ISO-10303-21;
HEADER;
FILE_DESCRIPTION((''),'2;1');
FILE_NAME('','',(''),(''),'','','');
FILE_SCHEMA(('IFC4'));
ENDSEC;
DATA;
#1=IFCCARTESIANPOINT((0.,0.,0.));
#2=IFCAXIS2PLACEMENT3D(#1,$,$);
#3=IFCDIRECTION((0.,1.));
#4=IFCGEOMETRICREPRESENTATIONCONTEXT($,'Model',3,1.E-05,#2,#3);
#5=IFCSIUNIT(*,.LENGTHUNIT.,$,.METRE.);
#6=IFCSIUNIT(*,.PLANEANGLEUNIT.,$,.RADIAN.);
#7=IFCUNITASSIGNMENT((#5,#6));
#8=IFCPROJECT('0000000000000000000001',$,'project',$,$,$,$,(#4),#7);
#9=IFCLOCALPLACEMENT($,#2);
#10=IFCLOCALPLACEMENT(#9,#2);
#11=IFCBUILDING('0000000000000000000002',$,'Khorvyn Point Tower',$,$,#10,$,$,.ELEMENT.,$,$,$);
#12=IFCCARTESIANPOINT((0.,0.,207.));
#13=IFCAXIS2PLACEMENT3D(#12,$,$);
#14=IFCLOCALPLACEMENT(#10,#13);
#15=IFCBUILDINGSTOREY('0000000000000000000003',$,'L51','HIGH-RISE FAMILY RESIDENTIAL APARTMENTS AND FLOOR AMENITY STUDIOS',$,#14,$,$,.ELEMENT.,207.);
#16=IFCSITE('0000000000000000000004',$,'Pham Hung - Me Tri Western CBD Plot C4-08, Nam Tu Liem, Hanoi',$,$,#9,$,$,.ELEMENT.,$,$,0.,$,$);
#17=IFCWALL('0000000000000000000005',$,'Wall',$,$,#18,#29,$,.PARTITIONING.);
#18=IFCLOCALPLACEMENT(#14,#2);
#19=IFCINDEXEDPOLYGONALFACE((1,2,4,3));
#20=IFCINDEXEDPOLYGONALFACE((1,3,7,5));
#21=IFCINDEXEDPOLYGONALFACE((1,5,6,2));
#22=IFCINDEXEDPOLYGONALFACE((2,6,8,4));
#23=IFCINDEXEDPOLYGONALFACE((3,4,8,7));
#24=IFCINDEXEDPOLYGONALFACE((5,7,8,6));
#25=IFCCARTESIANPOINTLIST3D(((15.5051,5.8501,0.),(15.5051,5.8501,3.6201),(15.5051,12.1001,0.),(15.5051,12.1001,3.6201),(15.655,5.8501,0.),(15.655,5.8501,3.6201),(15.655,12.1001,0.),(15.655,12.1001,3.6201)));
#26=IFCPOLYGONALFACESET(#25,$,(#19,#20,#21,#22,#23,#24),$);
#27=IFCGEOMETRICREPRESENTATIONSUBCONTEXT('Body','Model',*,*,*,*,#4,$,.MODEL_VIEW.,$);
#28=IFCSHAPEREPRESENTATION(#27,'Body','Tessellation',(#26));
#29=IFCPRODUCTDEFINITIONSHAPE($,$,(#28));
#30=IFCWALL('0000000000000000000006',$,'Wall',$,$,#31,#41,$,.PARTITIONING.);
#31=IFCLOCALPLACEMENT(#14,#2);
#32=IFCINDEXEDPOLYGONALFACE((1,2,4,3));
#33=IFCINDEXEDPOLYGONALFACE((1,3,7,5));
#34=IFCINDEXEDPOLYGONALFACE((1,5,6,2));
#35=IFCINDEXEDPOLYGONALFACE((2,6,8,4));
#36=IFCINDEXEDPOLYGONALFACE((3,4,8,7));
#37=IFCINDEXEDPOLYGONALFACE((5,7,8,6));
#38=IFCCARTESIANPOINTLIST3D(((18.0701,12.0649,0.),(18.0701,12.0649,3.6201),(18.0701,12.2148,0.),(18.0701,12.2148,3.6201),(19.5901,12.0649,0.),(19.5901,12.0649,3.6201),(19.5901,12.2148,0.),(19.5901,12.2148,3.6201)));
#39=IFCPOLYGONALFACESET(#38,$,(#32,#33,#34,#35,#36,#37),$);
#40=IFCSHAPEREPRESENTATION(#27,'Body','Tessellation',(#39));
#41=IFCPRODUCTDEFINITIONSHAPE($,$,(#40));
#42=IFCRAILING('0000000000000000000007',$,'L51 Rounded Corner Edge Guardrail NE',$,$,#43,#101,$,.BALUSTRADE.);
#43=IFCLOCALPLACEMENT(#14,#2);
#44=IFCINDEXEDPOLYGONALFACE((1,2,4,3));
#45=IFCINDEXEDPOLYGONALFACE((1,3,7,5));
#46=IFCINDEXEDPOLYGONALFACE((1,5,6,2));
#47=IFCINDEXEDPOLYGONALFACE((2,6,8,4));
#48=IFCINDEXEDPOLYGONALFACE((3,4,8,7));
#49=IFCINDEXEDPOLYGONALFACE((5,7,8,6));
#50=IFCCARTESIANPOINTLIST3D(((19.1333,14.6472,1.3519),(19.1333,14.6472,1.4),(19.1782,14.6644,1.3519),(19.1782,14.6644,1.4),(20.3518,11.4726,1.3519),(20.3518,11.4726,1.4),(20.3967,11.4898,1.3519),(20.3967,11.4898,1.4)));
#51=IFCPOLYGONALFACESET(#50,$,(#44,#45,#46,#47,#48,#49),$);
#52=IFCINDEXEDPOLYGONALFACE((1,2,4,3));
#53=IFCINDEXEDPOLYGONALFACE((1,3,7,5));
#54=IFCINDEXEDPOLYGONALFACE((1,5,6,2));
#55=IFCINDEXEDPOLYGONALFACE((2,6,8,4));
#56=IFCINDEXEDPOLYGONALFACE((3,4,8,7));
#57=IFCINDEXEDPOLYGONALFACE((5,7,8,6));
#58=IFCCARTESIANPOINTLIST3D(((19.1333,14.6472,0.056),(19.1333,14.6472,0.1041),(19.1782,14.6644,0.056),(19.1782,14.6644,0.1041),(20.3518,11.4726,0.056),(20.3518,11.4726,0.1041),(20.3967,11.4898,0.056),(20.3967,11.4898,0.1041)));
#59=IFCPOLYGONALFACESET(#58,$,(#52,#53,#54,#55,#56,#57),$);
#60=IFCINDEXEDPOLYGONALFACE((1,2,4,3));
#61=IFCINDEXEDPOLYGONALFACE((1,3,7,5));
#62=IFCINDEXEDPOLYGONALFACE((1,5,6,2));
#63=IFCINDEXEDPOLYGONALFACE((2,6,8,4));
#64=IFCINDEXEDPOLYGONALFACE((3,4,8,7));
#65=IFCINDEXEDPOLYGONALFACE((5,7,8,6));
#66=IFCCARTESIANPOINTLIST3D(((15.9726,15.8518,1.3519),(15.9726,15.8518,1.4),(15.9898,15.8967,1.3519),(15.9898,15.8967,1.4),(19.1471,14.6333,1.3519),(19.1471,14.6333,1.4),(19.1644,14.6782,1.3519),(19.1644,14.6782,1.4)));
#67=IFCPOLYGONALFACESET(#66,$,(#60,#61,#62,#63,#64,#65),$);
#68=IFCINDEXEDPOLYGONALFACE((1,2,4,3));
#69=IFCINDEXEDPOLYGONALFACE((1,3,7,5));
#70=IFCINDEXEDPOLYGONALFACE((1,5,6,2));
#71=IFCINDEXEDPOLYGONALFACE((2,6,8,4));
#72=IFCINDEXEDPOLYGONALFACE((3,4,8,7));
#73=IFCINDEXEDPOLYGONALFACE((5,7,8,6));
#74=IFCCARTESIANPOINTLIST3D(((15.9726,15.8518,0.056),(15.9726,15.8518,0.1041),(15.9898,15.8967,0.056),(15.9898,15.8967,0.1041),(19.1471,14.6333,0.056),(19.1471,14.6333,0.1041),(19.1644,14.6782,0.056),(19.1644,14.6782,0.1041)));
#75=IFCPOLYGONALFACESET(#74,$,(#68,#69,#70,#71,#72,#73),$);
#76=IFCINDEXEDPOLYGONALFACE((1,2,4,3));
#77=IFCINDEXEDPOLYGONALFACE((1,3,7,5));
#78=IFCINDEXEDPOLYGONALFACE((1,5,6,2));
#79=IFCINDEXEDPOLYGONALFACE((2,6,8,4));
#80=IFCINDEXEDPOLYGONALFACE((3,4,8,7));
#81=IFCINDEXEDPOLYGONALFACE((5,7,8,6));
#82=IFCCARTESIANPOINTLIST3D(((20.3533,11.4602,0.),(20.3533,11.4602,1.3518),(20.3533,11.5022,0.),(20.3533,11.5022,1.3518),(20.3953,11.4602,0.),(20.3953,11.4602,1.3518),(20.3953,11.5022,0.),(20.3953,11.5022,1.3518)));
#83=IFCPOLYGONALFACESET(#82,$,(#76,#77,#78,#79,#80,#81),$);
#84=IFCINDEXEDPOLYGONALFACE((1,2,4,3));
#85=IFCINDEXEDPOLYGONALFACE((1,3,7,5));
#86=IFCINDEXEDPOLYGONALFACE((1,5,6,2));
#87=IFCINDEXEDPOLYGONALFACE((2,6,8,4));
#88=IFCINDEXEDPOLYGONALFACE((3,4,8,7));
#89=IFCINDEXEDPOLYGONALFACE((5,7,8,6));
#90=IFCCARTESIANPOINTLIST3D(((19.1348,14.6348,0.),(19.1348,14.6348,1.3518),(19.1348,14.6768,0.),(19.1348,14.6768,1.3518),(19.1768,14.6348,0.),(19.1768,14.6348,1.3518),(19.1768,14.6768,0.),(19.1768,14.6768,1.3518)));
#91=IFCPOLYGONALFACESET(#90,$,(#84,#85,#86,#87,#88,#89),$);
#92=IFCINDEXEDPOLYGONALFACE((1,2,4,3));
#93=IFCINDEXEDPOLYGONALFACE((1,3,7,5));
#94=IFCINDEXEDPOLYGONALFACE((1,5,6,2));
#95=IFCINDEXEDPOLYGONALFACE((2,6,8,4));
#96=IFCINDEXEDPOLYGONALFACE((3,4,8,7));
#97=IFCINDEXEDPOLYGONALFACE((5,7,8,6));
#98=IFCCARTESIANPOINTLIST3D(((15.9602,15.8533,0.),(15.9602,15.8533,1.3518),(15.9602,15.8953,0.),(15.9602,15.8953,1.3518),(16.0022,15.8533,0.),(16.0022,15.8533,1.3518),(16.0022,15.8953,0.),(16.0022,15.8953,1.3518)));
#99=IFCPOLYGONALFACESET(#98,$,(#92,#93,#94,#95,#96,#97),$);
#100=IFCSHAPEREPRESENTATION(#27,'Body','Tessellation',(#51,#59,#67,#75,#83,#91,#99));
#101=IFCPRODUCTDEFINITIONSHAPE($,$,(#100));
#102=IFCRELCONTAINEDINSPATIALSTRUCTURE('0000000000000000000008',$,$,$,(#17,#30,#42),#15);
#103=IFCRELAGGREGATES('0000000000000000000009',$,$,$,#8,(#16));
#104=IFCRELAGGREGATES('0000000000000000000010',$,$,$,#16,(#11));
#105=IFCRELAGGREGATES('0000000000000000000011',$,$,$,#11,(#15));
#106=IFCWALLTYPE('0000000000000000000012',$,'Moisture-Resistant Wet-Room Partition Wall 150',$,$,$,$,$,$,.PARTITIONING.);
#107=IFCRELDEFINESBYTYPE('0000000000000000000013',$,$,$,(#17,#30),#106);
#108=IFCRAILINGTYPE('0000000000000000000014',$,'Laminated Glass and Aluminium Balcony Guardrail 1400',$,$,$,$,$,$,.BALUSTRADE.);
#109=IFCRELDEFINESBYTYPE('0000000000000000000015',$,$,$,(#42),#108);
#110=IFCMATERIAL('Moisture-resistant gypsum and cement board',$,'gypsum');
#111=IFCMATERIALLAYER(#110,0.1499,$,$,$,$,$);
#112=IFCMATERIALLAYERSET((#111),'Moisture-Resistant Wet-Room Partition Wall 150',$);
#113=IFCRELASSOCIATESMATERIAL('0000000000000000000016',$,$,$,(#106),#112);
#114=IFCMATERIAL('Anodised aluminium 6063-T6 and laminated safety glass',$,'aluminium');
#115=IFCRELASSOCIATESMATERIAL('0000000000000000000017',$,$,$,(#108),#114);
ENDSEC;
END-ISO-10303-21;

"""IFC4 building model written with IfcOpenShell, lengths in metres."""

from ifc_helpers import new_model, si_unit, direction, frame, frame_2d, origin, origin_2d, place, context, subcontext, project, spatial, rectangle, extrude, material, layer, layer_set, type_object, element, save


model = new_model("IFC4")

# Units and contexts
model_context = context("Model", 3, precision=1e-05, world=origin(), true_north=direction((0.0, 1.0)))
body_context = subcontext(model_context, "Body", "Model", "MODEL_VIEW")
ifc_project = project(units=[si_unit("LENGTHUNIT", "METRE"), si_unit("PLANEANGLEUNIT", "RADIAN")], contexts=[model_context])

# Site, building, storey
site_placement = place(None, origin())
site = spatial("IfcSite", under=ifc_project, at=site_placement, Name="Pham Hung - Me Tri Western CBD Plot C4-08, Nam Tu Liem, Hanoi", CompositionType="ELEMENT", RefElevation=0.0)
building_placement = place(site_placement, origin())
building = spatial("IfcBuilding", under=site, at=building_placement, Name="Khorvyn Point Tower", CompositionType="ELEMENT")
storey_placement = place(building_placement, frame((0.0, 0.0, 207.0)))
storey = spatial("IfcBuildingStorey", under=building, at=storey_placement, Name="L51", Description="HIGH-RISE FAMILY RESIDENTIAL APARTMENTS AND FLOOR AMENITY STUDIOS", CompositionType="ELEMENT", Elevation=207.0)

# Shared definitions
ifc_material_1 = material(Name="Moisture-resistant gypsum and cement board", Category="gypsum")
ifc_layer_1 = layer(ifc_material_1, 0.1499)
ifc_layer_set_1 = layer_set([ifc_layer_1], Name="Moisture-Resistant Wet-Room Partition Wall 150")
wall_type_1 = type_object("IfcWallType", Name="Moisture-Resistant Wet-Room Partition Wall 150", PredefinedType="PARTITIONING", material=ifc_layer_set_1)

# Walls
wall_1_placement = place(storey_placement, frame((15.5801, 5.8501, 0.0), z_axis=(0.0, 0.0, 1.0), x_axis=(0.0, 1.0, 0.0)))
element("IfcWall", 1, at=wall_1_placement, inside=storey, type_object=wall_type_1, Name="Wall", PredefinedType="PARTITIONING", context=body_context, shape_type="SweptSolid", body=[
    extrude(rectangle(XDim=6.25, YDim=0.1499, at=frame_2d((3.125, 0.0))), origin(), (0.0, 0.0, 1.0), 3.6201),
])
wall_2_placement = place(storey_placement, frame((18.0701, 12.1399, 0.0), z_axis=(0.0, 0.0, 1.0), x_axis=(1.0, 0.0, 0.0)))
element("IfcWall", 2, at=wall_2_placement, inside=storey, type_object=wall_type_1, Name="Wall", PredefinedType="PARTITIONING", context=body_context, shape_type="SweptSolid", body=[
    extrude(rectangle(XDim=1.52, YDim=0.1499, at=frame_2d((0.76, 0.0))), origin(), (0.0, 0.0, 1.0), 3.6201),
])

# Railing
ifc_material_2 = material(Name="Anodised aluminium 6063-T6 and laminated safety glass", Category="aluminium")
railing_type = type_object("IfcRailingType", Name="Laminated Glass and Aluminium Balcony Guardrail 1400", PredefinedType="BALUSTRADE", material=ifc_material_2)
railing_placement = place(storey_placement, frame((20.3743, 11.4812, 0.0)))
element("IfcRailing", 3, at=railing_placement, inside=storey, type_object=railing_type, Name="L51 Rounded Corner Edge Guardrail NE", PredefinedType="BALUSTRADE", context=body_context, shape_type="SweptSolid", body=[
    extrude(rectangle(XDim=0.0481, YDim=0.0481, at=origin_2d()), frame((0.0, 0.0, 1.376), z_axis=(-0.358344, 0.93359, 0.0), x_axis=(-0.93359, -0.358344, 0.0)), (0.0, 0.0, 1.0), 3.4004),
    extrude(rectangle(XDim=0.0481, YDim=0.0481, at=origin_2d()), frame((0.0, 0.0, 0.0801), z_axis=(-0.358344, 0.93359, 0.0), x_axis=(-0.93359, -0.358344, 0.0)), (0.0, 0.0, 1.0), 3.4004),
    extrude(rectangle(XDim=0.0481, YDim=0.0481, at=origin_2d()), frame((-1.2185, 3.1746, 1.376), z_axis=(-0.93359, 0.358344, 0.0), x_axis=(-0.358344, -0.93359, 0.0)), (0.0, 0.0, 1.0), 3.4004),
    extrude(rectangle(XDim=0.0481, YDim=0.0481, at=origin_2d()), frame((-1.2185, 3.1746, 0.0801), z_axis=(-0.93359, 0.358344, 0.0), x_axis=(-0.358344, -0.93359, 0.0)), (0.0, 0.0, 1.0), 3.4004),
    extrude(rectangle(XDim=0.042, YDim=0.042, at=origin_2d()), origin(), (0.0, 0.0, 1.0), 1.3518),
    extrude(rectangle(XDim=0.042, YDim=0.042, at=origin_2d()), frame((-1.2185, 3.1746, 0.0)), (0.0, 0.0, 1.0), 1.3518),
    extrude(rectangle(XDim=0.042, YDim=0.042, at=origin_2d()), frame((-4.3931, 4.3931, 0.0)), (0.0, 0.0, 1.0), 1.3518),
])

save(model, "model.ifc")
